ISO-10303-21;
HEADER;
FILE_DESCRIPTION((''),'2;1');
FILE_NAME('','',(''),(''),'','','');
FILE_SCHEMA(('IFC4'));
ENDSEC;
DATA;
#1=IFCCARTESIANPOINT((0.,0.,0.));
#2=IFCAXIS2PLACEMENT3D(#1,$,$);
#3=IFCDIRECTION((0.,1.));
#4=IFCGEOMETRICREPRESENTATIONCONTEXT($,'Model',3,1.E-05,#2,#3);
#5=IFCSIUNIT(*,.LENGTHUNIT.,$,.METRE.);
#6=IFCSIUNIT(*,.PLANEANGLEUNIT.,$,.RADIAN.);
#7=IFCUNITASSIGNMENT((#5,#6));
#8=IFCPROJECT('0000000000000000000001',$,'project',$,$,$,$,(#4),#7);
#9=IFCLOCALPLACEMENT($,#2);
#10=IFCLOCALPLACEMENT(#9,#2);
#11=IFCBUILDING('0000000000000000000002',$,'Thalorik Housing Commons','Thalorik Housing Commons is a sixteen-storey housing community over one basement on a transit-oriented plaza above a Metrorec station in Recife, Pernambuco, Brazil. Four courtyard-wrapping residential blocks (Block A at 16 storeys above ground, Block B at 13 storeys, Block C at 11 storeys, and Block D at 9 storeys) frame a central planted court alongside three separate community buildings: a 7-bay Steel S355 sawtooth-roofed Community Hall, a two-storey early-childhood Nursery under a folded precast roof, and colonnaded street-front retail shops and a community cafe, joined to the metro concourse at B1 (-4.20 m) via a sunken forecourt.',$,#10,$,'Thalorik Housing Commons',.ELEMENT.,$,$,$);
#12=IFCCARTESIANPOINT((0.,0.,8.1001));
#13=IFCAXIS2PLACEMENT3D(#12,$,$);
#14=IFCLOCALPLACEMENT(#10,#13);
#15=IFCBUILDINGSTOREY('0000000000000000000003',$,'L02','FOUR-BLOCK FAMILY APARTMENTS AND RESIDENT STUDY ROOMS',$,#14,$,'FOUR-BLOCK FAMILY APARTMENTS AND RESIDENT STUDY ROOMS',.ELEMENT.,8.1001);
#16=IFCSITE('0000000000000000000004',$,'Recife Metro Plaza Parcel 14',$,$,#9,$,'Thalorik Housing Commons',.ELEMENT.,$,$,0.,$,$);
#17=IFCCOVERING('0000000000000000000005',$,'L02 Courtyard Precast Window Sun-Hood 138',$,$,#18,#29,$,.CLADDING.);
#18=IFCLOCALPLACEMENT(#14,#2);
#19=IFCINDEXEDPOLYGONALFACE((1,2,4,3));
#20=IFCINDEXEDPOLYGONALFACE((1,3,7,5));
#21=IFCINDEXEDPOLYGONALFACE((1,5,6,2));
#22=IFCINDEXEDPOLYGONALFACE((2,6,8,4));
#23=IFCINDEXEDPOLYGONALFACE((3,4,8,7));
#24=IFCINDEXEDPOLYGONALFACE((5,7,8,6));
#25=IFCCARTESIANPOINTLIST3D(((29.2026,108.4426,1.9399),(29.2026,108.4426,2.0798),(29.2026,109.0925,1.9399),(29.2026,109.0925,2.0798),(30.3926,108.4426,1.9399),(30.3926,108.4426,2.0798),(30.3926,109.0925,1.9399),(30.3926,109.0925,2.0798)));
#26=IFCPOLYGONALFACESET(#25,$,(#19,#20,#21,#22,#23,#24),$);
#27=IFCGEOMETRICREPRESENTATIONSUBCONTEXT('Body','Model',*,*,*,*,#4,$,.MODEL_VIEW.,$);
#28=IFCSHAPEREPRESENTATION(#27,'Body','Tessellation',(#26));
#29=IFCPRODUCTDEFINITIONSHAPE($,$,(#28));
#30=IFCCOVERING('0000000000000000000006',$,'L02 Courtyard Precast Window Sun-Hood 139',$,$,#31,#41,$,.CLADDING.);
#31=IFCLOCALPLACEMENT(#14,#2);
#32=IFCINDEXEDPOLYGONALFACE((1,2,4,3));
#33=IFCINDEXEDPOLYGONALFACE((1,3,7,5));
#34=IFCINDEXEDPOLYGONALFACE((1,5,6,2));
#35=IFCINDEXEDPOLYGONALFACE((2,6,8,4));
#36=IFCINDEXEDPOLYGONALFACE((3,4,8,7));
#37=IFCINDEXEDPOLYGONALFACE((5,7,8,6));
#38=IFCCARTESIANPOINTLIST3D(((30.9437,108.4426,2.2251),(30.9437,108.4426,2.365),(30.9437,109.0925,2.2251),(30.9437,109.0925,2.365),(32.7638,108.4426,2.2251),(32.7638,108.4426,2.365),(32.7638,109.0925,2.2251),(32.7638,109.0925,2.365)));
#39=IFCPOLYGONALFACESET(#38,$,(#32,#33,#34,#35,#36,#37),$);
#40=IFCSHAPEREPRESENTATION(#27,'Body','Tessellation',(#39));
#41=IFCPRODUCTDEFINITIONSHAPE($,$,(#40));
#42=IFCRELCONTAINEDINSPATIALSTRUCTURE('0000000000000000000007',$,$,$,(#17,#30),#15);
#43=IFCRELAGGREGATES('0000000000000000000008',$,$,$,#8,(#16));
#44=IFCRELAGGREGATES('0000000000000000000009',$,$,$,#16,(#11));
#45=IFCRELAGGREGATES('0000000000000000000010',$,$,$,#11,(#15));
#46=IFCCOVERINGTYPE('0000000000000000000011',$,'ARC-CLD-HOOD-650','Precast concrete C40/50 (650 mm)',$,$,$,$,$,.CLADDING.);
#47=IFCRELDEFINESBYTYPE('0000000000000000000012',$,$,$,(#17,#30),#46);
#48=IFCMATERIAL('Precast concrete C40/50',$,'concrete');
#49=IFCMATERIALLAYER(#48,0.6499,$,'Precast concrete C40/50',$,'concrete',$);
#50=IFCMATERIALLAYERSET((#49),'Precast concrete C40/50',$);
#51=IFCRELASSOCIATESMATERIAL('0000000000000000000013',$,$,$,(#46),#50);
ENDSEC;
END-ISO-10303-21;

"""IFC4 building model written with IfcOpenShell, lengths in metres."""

from ifc_helpers import new_model, si_unit, direction, frame, origin, origin_2d, place, context, subcontext, project, spatial, rectangle, extrude, material, layer, layer_set, type_object, element, save


model = new_model("IFC4")

# Units and contexts
model_context = context("Model", 3, precision=1e-05, world=origin(), true_north=direction((0.0, 1.0)))
body_context = subcontext(model_context, "Body", "Model", "MODEL_VIEW")
ifc_project = project(units=[si_unit("LENGTHUNIT", "METRE"), si_unit("PLANEANGLEUNIT", "RADIAN")], contexts=[model_context])

# Site, building, storey
site_placement = place(None, origin())
site = spatial("IfcSite", under=ifc_project, at=site_placement, Name="Recife Metro Plaza Parcel 14", LongName="Thalorik Housing Commons", CompositionType="ELEMENT", RefElevation=0.0)
building_placement = place(site_placement, origin())
building = spatial("IfcBuilding", under=site, at=building_placement, Name="Thalorik Housing Commons", Description="Thalorik Housing Commons is a sixteen-storey housing community over one basement on a transit-oriented plaza above a Metrorec station in Recife, Pernambuco, Brazil. Four courtyard-wrapping residential blocks (Block A at 16 storeys above ground, Block B at 13 storeys, Block C at 11 storeys, and Block D at 9 storeys) frame a central planted court alongside three separate community buildings: a 7-bay Steel S355 sawtooth-roofed Community Hall, a two-storey early-childhood Nursery under a folded precast roof, and colonnaded street-front retail shops and a community cafe, joined to the metro concourse at B1 (-4.20 m) via a sunken forecourt.", LongName="Thalorik Housing Commons", CompositionType="ELEMENT")
storey_placement = place(building_placement, frame((0.0, 0.0, 8.1001)))
storey = spatial("IfcBuildingStorey", under=building, at=storey_placement, Name="L02", Description="FOUR-BLOCK FAMILY APARTMENTS AND RESIDENT STUDY ROOMS", LongName="FOUR-BLOCK FAMILY APARTMENTS AND RESIDENT STUDY ROOMS", CompositionType="ELEMENT", Elevation=8.1001)

# Shared definitions
ifc_material_1 = material(Name="Precast concrete C40/50", Category="concrete")

# Coverings
ifc_layer_1 = layer(ifc_material_1, 0.6499, Name="Precast concrete C40/50", Category="concrete")
ifc_layer_set_1 = layer_set([ifc_layer_1], Name="Precast concrete C40/50")
covering_type_1 = type_object("IfcCoveringType", Name="ARC-CLD-HOOD-650", Description="Precast concrete C40/50 (650 mm)", PredefinedType="CLADDING", material=ifc_layer_set_1)
covering_1_placement = place(storey_placement, frame((29.7976, 108.7676, 1.9399), z_axis=(0.0, 0.0, 1.0), x_axis=(1.0, 0.0, 0.0)))
element("IfcCovering", 1, at=covering_1_placement, inside=storey, type_object=covering_type_1, Name="L02 Courtyard Precast Window Sun-Hood 138", PredefinedType="CLADDING", context=body_context, shape_type="SweptSolid", body=[
    extrude(rectangle(XDim=1.1899, YDim=0.6499, at=origin_2d()), origin(), (0.0, 0.0, 1.0), 0.1399),
])
covering_2_placement = place(storey_placement, frame((31.8538, 108.7676, 2.2251), z_axis=(0.0, 0.0, 1.0), x_axis=(1.0, 0.0, 0.0)))
element("IfcCovering", 2, at=covering_2_placement, inside=storey, type_object=covering_type_1, Name="L02 Courtyard Precast Window Sun-Hood 139", PredefinedType="CLADDING", context=body_context, shape_type="SweptSolid", body=[
    extrude(rectangle(XDim=1.8201, YDim=0.6499, at=origin_2d()), origin(), (0.0, 0.0, 1.0), 0.1399),
])

save(model, "model.ifc")
